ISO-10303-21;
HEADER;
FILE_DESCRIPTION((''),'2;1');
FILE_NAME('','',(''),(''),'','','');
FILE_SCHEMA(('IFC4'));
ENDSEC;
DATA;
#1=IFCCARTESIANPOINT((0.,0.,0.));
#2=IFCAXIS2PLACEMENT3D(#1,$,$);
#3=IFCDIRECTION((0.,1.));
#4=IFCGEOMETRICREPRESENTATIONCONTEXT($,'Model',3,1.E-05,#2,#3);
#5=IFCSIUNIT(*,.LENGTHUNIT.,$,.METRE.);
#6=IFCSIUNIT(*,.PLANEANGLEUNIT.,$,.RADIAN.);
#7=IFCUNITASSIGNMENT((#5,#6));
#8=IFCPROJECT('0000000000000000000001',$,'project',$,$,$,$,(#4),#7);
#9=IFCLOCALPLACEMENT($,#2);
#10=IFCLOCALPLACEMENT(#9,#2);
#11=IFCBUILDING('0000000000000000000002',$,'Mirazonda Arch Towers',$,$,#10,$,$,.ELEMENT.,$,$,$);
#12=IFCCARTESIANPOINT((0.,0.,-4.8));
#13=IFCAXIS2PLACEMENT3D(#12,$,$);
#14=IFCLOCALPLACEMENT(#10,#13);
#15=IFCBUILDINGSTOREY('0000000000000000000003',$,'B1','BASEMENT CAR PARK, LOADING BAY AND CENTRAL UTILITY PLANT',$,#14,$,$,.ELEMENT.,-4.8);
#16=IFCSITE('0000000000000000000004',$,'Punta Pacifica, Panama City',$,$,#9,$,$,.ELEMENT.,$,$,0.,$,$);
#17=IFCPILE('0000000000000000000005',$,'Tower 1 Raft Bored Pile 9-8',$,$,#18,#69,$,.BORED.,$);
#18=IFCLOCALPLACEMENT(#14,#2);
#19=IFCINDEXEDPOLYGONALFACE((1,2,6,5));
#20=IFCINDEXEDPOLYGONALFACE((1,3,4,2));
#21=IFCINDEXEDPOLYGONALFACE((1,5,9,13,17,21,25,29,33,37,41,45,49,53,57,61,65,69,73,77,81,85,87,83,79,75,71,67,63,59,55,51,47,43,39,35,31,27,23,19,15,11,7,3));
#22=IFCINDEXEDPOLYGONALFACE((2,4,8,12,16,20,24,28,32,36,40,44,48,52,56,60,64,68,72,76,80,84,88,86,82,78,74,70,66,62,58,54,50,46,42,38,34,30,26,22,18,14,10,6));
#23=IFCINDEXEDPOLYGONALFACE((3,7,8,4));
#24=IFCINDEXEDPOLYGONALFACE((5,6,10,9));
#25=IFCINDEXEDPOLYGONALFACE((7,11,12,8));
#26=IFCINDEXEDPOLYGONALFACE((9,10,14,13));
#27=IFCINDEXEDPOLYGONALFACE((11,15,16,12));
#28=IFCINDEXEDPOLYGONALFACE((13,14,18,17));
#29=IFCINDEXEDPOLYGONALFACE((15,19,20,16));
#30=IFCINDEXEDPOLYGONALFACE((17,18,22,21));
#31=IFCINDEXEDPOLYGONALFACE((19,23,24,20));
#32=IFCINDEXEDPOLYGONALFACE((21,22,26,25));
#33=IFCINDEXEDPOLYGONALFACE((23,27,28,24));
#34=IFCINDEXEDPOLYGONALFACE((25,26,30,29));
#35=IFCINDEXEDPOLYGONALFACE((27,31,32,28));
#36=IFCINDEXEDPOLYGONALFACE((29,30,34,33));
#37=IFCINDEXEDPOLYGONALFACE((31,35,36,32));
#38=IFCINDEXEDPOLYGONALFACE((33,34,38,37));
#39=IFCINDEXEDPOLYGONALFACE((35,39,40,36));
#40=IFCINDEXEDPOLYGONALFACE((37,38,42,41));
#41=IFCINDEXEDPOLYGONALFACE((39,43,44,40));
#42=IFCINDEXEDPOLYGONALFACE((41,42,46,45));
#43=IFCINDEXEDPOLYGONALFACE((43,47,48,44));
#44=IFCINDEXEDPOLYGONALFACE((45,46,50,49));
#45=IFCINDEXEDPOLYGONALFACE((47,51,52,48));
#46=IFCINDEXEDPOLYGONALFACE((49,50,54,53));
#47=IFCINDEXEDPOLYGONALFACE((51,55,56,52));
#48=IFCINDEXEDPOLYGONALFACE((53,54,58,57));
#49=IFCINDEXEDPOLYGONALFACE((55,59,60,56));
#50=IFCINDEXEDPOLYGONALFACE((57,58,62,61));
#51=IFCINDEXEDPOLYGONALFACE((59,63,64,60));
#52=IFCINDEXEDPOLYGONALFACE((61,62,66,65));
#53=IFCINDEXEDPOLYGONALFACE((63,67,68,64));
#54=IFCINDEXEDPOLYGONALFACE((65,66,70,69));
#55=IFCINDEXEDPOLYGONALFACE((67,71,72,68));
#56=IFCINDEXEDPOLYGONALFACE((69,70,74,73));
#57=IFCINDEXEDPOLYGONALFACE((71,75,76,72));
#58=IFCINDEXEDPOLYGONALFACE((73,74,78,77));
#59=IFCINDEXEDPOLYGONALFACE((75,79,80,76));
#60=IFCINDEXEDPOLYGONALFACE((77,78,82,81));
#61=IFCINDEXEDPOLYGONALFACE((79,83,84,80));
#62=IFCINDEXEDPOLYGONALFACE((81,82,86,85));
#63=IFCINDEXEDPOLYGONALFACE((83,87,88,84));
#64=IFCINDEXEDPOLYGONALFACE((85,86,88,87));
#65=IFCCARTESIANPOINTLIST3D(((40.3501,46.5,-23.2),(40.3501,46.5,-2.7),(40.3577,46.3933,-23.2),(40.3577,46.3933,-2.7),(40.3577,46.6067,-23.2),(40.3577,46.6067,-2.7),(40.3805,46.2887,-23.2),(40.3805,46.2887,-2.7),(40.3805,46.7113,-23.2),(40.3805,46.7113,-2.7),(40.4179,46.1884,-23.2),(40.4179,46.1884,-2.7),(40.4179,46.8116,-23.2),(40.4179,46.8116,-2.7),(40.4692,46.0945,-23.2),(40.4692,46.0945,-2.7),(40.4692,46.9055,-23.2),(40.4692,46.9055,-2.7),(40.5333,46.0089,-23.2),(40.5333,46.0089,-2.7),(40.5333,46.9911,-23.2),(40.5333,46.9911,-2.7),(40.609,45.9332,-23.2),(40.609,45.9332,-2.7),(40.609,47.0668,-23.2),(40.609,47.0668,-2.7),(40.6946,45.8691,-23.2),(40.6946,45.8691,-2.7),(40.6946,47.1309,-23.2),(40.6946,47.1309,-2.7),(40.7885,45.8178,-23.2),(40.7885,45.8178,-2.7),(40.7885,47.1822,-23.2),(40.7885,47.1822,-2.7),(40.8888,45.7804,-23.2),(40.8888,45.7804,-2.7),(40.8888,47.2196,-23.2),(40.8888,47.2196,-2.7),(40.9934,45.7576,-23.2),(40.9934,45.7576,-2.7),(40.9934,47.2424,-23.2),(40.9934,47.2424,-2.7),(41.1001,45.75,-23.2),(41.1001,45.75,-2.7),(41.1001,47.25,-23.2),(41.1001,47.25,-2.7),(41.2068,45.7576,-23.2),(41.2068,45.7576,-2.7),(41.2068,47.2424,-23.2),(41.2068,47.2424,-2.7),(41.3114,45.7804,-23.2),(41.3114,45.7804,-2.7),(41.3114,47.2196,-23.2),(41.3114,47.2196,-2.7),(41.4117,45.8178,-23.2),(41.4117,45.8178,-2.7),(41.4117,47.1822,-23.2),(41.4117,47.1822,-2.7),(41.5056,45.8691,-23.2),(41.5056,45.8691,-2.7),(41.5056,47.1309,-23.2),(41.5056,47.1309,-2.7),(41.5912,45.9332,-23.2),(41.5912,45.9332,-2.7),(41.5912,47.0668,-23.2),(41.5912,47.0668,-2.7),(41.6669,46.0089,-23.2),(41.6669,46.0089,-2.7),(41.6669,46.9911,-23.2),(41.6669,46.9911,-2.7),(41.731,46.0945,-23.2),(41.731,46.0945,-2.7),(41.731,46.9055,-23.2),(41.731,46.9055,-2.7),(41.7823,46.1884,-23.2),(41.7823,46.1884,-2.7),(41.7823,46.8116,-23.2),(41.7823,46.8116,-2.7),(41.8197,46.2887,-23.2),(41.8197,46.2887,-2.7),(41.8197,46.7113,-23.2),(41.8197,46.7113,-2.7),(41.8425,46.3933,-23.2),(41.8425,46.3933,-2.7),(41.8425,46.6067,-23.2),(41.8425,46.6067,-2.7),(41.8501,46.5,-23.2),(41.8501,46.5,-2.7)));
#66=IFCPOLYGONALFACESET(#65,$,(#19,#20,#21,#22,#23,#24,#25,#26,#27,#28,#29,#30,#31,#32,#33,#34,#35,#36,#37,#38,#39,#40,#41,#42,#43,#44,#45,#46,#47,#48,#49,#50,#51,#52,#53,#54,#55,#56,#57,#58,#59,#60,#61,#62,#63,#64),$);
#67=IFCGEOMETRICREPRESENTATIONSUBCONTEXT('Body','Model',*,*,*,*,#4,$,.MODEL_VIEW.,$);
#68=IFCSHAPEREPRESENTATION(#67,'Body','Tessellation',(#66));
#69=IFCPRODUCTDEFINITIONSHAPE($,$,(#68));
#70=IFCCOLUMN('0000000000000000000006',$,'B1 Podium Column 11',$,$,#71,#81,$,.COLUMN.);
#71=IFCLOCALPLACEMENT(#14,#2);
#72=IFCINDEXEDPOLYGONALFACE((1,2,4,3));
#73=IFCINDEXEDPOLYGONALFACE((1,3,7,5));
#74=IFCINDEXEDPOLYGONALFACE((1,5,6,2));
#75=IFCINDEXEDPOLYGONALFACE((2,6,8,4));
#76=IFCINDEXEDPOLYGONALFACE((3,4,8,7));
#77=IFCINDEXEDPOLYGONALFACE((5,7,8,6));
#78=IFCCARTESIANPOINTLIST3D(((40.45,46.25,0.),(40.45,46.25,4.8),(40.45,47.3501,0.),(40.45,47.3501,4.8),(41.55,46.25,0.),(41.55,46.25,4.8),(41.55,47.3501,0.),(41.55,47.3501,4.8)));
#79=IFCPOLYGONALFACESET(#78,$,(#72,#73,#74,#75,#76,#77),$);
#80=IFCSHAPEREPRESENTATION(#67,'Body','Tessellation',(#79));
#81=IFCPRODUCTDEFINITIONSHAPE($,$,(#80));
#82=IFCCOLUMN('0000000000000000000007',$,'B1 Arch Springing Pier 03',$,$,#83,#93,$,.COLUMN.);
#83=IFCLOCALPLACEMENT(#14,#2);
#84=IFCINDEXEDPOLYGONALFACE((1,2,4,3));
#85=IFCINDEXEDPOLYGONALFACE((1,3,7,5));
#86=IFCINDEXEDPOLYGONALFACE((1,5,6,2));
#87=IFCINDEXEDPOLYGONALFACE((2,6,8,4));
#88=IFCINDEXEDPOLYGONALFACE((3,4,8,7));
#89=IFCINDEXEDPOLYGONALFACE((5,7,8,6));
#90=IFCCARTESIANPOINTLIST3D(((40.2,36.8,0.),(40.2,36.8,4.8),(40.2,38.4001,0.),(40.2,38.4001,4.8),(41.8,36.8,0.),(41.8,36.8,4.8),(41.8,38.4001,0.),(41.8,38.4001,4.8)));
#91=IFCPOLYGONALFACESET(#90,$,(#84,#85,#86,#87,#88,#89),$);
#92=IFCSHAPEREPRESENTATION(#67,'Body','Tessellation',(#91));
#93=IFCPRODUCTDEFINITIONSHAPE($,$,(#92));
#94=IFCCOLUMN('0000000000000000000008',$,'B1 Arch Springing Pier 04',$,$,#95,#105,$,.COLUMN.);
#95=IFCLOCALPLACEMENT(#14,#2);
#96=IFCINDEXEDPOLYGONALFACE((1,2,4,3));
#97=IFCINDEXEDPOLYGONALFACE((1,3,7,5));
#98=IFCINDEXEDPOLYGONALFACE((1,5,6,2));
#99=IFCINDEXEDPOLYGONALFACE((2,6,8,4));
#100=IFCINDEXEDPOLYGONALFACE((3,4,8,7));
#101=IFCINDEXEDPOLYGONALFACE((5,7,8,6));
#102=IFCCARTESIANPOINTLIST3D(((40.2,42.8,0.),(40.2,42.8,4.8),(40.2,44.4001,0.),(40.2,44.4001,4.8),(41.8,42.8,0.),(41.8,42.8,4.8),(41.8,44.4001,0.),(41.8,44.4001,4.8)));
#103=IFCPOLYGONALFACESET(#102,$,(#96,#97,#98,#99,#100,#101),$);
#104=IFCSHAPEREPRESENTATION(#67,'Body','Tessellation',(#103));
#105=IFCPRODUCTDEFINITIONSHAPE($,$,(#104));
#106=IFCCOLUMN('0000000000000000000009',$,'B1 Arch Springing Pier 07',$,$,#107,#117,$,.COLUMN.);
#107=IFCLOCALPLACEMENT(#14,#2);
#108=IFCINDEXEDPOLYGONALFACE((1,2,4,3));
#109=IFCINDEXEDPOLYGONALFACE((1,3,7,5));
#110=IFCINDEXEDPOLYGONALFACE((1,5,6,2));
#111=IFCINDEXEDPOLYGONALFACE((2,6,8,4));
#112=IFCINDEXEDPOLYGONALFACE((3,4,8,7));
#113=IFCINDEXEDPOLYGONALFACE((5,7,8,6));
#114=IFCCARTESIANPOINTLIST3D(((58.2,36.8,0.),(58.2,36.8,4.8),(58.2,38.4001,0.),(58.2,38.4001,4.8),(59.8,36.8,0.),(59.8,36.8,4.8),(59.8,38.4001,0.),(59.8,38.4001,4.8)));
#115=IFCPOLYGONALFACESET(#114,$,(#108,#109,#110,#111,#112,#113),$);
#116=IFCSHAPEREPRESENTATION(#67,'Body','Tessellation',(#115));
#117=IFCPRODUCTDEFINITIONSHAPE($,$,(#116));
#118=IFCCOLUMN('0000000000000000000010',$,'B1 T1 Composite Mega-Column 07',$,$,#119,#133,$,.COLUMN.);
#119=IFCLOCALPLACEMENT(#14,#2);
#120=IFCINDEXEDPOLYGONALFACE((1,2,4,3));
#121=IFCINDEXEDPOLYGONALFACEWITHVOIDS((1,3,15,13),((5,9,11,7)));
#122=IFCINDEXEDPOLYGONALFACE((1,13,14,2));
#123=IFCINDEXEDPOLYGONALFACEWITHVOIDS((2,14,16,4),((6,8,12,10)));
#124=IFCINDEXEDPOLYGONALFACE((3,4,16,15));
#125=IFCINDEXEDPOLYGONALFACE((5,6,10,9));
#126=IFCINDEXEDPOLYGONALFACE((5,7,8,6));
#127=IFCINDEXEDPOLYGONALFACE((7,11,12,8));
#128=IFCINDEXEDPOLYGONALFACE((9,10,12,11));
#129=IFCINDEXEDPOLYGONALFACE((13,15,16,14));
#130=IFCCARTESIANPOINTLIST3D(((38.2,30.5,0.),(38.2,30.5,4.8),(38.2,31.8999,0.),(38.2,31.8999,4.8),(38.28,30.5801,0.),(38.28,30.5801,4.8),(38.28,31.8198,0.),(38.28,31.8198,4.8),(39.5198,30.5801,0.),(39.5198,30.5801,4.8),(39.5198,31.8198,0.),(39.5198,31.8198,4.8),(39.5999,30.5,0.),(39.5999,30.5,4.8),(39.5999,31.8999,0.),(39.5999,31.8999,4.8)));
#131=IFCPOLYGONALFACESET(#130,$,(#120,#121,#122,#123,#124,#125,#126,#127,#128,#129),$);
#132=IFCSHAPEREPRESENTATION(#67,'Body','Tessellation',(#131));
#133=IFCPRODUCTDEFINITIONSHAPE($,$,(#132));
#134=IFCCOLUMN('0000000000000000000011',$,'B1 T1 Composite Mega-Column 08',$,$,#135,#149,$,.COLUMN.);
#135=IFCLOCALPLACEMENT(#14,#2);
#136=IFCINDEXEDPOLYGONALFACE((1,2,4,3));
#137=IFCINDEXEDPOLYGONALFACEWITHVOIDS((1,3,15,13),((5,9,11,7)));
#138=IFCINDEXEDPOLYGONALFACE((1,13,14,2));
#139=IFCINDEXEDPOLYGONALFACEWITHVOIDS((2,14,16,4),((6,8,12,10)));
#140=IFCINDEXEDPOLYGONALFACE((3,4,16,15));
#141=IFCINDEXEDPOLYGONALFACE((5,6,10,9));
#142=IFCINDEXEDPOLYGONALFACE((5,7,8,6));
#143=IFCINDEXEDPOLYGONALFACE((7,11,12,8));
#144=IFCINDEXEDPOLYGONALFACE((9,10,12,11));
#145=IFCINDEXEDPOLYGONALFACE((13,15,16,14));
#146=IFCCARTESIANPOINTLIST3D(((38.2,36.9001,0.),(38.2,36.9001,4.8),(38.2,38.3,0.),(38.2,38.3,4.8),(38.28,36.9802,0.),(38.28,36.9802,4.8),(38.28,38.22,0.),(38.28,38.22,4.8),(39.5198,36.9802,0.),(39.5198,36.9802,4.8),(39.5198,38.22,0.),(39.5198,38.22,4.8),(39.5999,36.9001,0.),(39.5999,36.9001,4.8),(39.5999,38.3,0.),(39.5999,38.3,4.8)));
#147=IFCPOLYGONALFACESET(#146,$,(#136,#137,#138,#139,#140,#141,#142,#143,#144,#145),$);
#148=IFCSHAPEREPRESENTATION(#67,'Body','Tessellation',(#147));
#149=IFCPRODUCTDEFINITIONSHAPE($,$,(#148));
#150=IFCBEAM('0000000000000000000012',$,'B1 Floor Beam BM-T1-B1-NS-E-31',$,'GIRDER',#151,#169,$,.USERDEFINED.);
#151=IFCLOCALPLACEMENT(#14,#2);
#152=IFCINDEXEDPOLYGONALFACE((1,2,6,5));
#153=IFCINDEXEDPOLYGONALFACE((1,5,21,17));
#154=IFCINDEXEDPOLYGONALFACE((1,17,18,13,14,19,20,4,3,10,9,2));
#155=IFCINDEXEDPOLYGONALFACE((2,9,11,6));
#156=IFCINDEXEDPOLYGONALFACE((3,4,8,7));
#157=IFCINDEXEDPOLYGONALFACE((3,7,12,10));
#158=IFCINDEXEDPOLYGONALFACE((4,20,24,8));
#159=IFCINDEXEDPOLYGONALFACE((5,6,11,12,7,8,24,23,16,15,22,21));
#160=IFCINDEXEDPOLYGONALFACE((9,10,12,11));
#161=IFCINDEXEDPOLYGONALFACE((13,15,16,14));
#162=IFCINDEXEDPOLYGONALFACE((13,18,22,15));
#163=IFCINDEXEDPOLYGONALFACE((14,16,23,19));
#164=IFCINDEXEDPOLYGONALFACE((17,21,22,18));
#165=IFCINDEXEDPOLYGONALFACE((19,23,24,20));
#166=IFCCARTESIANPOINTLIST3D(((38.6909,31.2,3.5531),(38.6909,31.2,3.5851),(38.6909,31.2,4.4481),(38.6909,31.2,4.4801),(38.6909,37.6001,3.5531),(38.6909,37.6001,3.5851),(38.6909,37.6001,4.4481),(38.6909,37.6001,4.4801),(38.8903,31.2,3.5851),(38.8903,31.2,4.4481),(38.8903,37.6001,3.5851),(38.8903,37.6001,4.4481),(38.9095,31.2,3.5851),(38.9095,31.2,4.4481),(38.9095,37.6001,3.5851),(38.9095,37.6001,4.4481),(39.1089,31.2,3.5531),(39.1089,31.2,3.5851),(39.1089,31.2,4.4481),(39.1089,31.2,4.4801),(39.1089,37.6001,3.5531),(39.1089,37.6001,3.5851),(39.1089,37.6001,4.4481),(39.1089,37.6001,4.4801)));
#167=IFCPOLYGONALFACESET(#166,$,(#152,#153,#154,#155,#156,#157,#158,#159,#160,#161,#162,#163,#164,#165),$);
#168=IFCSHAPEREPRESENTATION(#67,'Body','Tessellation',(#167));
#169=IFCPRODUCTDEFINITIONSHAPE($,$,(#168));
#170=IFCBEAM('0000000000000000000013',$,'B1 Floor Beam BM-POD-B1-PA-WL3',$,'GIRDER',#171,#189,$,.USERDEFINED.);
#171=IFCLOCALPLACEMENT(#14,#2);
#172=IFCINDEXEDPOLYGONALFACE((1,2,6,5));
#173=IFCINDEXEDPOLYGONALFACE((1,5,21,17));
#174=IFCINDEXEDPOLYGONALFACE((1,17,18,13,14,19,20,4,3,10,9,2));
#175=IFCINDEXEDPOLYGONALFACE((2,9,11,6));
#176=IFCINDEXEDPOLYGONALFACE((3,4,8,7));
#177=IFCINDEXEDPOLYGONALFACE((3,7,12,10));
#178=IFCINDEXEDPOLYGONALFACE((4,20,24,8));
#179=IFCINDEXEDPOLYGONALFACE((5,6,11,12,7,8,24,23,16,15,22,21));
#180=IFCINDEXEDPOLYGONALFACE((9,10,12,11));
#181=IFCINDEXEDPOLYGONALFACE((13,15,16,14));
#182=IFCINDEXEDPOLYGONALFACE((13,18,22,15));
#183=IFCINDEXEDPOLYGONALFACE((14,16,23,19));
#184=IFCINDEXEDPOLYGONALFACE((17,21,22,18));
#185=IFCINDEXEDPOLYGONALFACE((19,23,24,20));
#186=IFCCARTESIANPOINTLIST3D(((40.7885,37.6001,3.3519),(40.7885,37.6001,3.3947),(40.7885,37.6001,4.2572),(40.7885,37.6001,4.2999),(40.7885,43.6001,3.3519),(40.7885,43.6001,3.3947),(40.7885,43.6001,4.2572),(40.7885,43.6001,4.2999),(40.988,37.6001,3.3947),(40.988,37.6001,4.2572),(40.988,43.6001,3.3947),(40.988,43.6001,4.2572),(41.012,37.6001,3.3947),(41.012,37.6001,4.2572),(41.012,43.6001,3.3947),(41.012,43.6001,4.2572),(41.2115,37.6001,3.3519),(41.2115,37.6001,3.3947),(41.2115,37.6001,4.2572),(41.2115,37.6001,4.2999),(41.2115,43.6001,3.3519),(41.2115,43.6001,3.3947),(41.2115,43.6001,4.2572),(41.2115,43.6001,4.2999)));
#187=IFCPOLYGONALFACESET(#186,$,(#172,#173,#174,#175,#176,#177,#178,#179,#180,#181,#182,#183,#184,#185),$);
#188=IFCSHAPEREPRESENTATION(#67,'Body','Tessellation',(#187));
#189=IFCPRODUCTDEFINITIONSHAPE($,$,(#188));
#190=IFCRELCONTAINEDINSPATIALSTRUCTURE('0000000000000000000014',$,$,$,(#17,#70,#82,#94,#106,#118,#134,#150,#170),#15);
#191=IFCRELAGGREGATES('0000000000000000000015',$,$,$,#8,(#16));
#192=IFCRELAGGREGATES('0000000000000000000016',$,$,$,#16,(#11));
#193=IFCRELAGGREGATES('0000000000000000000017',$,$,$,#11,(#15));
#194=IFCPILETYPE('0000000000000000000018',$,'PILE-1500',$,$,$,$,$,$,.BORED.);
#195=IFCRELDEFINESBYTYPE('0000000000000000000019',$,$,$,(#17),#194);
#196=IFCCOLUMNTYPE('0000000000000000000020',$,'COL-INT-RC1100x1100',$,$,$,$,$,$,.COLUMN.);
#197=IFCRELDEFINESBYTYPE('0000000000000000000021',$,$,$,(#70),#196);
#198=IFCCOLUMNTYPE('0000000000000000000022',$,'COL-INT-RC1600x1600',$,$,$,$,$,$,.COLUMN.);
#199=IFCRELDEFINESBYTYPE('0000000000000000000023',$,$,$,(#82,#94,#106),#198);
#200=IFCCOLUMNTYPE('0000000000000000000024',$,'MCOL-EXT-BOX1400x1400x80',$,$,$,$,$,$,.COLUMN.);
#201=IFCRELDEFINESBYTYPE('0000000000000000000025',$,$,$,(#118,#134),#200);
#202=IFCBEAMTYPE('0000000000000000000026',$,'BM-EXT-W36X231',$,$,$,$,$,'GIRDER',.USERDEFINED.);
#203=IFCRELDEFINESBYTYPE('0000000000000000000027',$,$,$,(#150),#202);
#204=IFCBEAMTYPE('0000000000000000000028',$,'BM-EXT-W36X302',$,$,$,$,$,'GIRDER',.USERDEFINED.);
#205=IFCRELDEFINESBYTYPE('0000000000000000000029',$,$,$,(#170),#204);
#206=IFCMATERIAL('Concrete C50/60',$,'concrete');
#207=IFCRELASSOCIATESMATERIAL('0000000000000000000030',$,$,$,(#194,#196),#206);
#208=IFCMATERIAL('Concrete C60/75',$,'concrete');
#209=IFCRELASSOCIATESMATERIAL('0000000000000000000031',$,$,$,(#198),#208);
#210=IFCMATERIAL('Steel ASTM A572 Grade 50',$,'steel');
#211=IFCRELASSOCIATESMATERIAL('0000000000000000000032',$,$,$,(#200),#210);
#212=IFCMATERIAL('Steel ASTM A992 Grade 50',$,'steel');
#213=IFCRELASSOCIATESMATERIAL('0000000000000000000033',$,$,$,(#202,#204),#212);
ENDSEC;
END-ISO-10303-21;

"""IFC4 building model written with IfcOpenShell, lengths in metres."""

from ifc_helpers import new_model, si_unit, direction, frame, origin, origin_2d, place, context, subcontext, project, spatial, rectangle, hollow_rectangle, circle, i_section, extrude, material, material_profile, profile_set, type_object, element, save


model = new_model("IFC4")

# Units and contexts
model_context = context("Model", 3, precision=1e-05, world=origin(), true_north=direction((0.0, 1.0)))
body_context = subcontext(model_context, "Body", "Model", "MODEL_VIEW")
ifc_project = project(units=[si_unit("LENGTHUNIT", "METRE"), si_unit("PLANEANGLEUNIT", "RADIAN")], contexts=[model_context])

# Site, building, storey
site_placement = place(None, origin())
site = spatial("IfcSite", under=ifc_project, at=site_placement, Name="Punta Pacifica, Panama City", CompositionType="ELEMENT", RefElevation=0.0)
building_placement = place(site_placement, origin())
building = spatial("IfcBuilding", under=site, at=building_placement, Name="Mirazonda Arch Towers", CompositionType="ELEMENT")
storey_placement = place(building_placement, frame((0.0, 0.0, -4.8)))
storey = spatial("IfcBuildingStorey", under=building, at=storey_placement, Name="B1", Description="BASEMENT CAR PARK, LOADING BAY AND CENTRAL UTILITY PLANT", CompositionType="ELEMENT", Elevation=-4.8)

# Pile
ifc_material_1 = material(Name="Concrete C50/60", Category="concrete")
ifc_material_profile_1 = material_profile(ifc_material_1, circle(Radius=0.75, at=origin_2d()), Name="BORED-D1500")
ifc_profile_set_1 = profile_set([ifc_material_profile_1], Name="Concrete C50/60")
pile_type_1 = type_object("IfcPileType", Name="PILE-1500", PredefinedType="BORED", material=ifc_profile_set_1)
for number, where, z_axis, x_axis, name in (
    (1, (41.1001, 46.5, -2.7), (0.0, 0.0, -1.0), (1.0, 0.0, 0.0), "Tower 1 Raft Bored Pile 9-8"),
):
    element("IfcPile", number, at=place(storey_placement, frame(where, z_axis=z_axis, x_axis=x_axis)), inside=storey, type_object=pile_type_1, Name=name, PredefinedType="BORED", context=body_context, shape_type="SweptSolid", body=[
        extrude(circle(Radius=0.75, at=origin_2d()), origin(), (0.0, 0.0, 1.0), 20.5),
    ])

# Columns
ifc_material_profile_2 = material_profile(ifc_material_1, rectangle(XDim=1.1001, YDim=1.1001, at=origin_2d()), Name="RC1100x1100")
ifc_profile_set_2 = profile_set([ifc_material_profile_2], Name="Concrete C50/60")
column_type_1 = type_object("IfcColumnType", Name="COL-INT-RC1100x1100", PredefinedType="COLUMN", material=ifc_profile_set_2)
column_placement = place(storey_placement, frame((41.0, 46.8, 0.0), z_axis=(0.0, 0.0, 1.0), x_axis=(1.0, 0.0, 0.0)))
element("IfcColumn", 2, at=column_placement, inside=storey, type_object=column_type_1, Name="B1 Podium Column 11", PredefinedType="COLUMN", context=body_context, shape_type="SweptSolid", body=[
    extrude(rectangle(XDim=1.1001, YDim=1.1001, at=origin_2d()), origin(), (0.0, 0.0, 1.0), 4.8),
])
ifc_material_2 = material(Name="Concrete C60/75", Category="concrete")
ifc_material_profile_3 = material_profile(ifc_material_2, rectangle(XDim=1.6001, YDim=1.6001, at=origin_2d()), Name="RC1600x1600")
ifc_profile_set_3 = profile_set([ifc_material_profile_3], Name="Concrete C60/75")
column_type_2 = type_object("IfcColumnType", Name="COL-INT-RC1600x1600", PredefinedType="COLUMN", material=ifc_profile_set_3)
for number, where, z_axis, x_axis, name in (
    (3, (41.0, 37.6001, 0.0), (0.0, 0.0, 1.0), (1.0, 0.0, 0.0), "B1 Arch Springing Pier 03"),
    (4, (41.0, 43.6001, 0.0), (0.0, 0.0, 1.0), (1.0, 0.0, 0.0), "B1 Arch Springing Pier 04"),
    (5, (59.0, 37.6001, 0.0), (0.0, 0.0, 1.0), (1.0, 0.0, 0.0), "B1 Arch Springing Pier 07"),
):
    element("IfcColumn", number, at=place(storey_placement, frame(where, z_axis=z_axis, x_axis=x_axis)), inside=storey, type_object=column_type_2, Name=name, PredefinedType="COLUMN", context=body_context, shape_type="SweptSolid", body=[
        extrude(rectangle(XDim=1.6001, YDim=1.6001, at=origin_2d()), origin(), (0.0, 0.0, 1.0), 4.8),
    ])
ifc_material_3 = material(Name="Steel ASTM A572 Grade 50", Category="steel")
ifc_material_profile_4 = material_profile(ifc_material_3, hollow_rectangle(XDim=1.3999, YDim=1.3999, WallThickness=0.0801, at=origin_2d()), Name="BOX1400x1400x80")
ifc_profile_set_4 = profile_set([ifc_material_profile_4], Name="Steel ASTM A572 Grade 50")
column_type_3 = type_object("IfcColumnType", Name="MCOL-EXT-BOX1400x1400x80", PredefinedType="COLUMN", material=ifc_profile_set_4)
for number, where, z_axis, x_axis, name in (
    (6, (38.8999, 31.2, 0.0), (0.0, 0.0, 1.0), (1.0, 0.0, 0.0), "B1 T1 Composite Mega-Column 07"),
    (7, (38.8999, 37.6001, 0.0), (0.0, 0.0, 1.0), (1.0, 0.0, 0.0), "B1 T1 Composite Mega-Column 08"),
):
    element("IfcColumn", number, at=place(storey_placement, frame(where, z_axis=z_axis, x_axis=x_axis)), inside=storey, type_object=column_type_3, Name=name, PredefinedType="COLUMN", context=body_context, shape_type="SweptSolid", body=[
        extrude(hollow_rectangle(XDim=1.3999, YDim=1.3999, WallThickness=0.0801, at=origin_2d()), origin(), (0.0, 0.0, 1.0), 4.8),
    ])

# Beams
ifc_material_4 = material(Name="Steel ASTM A992 Grade 50", Category="steel")
ifc_material_profile_5 = material_profile(ifc_material_4, i_section(OverallWidth=0.418, OverallDepth=0.927, WebThickness=0.0193, FlangeThickness=0.032, at=origin_2d()), Name="W36X231")
ifc_profile_set_5 = profile_set([ifc_material_profile_5], Name="Steel ASTM A992 Grade 50")
beam_type_1 = type_object("IfcBeamType", Name="BM-EXT-W36X231", ElementType="GIRDER", PredefinedType="USERDEFINED", material=ifc_profile_set_5)
beam_1_placement = place(storey_placement, frame((38.8999, 31.2, 4.0166), z_axis=(0.0, 1.0, 0.0), x_axis=(-1.0, 0.0, 0.0)))
element("IfcBeam", 8, at=beam_1_placement, inside=storey, type_object=beam_type_1, Name="B1 Floor Beam BM-T1-B1-NS-E-31", ObjectType="GIRDER", PredefinedType="USERDEFINED", context=body_context, shape_type="SweptSolid", body=[
    extrude(i_section(OverallWidth=0.418, OverallDepth=0.927, WebThickness=0.0193, FlangeThickness=0.032, at=origin_2d()), origin(), (0.0, 0.0, 1.0), 6.4001),
])
ifc_material_profile_6 = material_profile(ifc_material_4, i_section(OverallWidth=0.4231, OverallDepth=0.948, WebThickness=0.0239, FlangeThickness=0.0427, at=origin_2d()), Name="W36X302")
ifc_profile_set_6 = profile_set([ifc_material_profile_6], Name="Steel ASTM A992 Grade 50")
beam_type_2 = type_object("IfcBeamType", Name="BM-EXT-W36X302", ElementType="GIRDER", PredefinedType="USERDEFINED", material=ifc_profile_set_6)
beam_2_placement = place(storey_placement, frame((41.0, 37.6001, 3.8259), z_axis=(0.0, 1.0, 0.0), x_axis=(-1.0, 0.0, 0.0)))
element("IfcBeam", 9, at=beam_2_placement, inside=storey, type_object=beam_type_2, Name="B1 Floor Beam BM-POD-B1-PA-WL3", ObjectType="GIRDER", PredefinedType="USERDEFINED", context=body_context, shape_type="SweptSolid", body=[
    extrude(i_section(OverallWidth=0.4231, OverallDepth=0.948, WebThickness=0.0239, FlangeThickness=0.0427, at=origin_2d()), origin(), (0.0, 0.0, 1.0), 6.0),
])

save(model, "model.ifc")
